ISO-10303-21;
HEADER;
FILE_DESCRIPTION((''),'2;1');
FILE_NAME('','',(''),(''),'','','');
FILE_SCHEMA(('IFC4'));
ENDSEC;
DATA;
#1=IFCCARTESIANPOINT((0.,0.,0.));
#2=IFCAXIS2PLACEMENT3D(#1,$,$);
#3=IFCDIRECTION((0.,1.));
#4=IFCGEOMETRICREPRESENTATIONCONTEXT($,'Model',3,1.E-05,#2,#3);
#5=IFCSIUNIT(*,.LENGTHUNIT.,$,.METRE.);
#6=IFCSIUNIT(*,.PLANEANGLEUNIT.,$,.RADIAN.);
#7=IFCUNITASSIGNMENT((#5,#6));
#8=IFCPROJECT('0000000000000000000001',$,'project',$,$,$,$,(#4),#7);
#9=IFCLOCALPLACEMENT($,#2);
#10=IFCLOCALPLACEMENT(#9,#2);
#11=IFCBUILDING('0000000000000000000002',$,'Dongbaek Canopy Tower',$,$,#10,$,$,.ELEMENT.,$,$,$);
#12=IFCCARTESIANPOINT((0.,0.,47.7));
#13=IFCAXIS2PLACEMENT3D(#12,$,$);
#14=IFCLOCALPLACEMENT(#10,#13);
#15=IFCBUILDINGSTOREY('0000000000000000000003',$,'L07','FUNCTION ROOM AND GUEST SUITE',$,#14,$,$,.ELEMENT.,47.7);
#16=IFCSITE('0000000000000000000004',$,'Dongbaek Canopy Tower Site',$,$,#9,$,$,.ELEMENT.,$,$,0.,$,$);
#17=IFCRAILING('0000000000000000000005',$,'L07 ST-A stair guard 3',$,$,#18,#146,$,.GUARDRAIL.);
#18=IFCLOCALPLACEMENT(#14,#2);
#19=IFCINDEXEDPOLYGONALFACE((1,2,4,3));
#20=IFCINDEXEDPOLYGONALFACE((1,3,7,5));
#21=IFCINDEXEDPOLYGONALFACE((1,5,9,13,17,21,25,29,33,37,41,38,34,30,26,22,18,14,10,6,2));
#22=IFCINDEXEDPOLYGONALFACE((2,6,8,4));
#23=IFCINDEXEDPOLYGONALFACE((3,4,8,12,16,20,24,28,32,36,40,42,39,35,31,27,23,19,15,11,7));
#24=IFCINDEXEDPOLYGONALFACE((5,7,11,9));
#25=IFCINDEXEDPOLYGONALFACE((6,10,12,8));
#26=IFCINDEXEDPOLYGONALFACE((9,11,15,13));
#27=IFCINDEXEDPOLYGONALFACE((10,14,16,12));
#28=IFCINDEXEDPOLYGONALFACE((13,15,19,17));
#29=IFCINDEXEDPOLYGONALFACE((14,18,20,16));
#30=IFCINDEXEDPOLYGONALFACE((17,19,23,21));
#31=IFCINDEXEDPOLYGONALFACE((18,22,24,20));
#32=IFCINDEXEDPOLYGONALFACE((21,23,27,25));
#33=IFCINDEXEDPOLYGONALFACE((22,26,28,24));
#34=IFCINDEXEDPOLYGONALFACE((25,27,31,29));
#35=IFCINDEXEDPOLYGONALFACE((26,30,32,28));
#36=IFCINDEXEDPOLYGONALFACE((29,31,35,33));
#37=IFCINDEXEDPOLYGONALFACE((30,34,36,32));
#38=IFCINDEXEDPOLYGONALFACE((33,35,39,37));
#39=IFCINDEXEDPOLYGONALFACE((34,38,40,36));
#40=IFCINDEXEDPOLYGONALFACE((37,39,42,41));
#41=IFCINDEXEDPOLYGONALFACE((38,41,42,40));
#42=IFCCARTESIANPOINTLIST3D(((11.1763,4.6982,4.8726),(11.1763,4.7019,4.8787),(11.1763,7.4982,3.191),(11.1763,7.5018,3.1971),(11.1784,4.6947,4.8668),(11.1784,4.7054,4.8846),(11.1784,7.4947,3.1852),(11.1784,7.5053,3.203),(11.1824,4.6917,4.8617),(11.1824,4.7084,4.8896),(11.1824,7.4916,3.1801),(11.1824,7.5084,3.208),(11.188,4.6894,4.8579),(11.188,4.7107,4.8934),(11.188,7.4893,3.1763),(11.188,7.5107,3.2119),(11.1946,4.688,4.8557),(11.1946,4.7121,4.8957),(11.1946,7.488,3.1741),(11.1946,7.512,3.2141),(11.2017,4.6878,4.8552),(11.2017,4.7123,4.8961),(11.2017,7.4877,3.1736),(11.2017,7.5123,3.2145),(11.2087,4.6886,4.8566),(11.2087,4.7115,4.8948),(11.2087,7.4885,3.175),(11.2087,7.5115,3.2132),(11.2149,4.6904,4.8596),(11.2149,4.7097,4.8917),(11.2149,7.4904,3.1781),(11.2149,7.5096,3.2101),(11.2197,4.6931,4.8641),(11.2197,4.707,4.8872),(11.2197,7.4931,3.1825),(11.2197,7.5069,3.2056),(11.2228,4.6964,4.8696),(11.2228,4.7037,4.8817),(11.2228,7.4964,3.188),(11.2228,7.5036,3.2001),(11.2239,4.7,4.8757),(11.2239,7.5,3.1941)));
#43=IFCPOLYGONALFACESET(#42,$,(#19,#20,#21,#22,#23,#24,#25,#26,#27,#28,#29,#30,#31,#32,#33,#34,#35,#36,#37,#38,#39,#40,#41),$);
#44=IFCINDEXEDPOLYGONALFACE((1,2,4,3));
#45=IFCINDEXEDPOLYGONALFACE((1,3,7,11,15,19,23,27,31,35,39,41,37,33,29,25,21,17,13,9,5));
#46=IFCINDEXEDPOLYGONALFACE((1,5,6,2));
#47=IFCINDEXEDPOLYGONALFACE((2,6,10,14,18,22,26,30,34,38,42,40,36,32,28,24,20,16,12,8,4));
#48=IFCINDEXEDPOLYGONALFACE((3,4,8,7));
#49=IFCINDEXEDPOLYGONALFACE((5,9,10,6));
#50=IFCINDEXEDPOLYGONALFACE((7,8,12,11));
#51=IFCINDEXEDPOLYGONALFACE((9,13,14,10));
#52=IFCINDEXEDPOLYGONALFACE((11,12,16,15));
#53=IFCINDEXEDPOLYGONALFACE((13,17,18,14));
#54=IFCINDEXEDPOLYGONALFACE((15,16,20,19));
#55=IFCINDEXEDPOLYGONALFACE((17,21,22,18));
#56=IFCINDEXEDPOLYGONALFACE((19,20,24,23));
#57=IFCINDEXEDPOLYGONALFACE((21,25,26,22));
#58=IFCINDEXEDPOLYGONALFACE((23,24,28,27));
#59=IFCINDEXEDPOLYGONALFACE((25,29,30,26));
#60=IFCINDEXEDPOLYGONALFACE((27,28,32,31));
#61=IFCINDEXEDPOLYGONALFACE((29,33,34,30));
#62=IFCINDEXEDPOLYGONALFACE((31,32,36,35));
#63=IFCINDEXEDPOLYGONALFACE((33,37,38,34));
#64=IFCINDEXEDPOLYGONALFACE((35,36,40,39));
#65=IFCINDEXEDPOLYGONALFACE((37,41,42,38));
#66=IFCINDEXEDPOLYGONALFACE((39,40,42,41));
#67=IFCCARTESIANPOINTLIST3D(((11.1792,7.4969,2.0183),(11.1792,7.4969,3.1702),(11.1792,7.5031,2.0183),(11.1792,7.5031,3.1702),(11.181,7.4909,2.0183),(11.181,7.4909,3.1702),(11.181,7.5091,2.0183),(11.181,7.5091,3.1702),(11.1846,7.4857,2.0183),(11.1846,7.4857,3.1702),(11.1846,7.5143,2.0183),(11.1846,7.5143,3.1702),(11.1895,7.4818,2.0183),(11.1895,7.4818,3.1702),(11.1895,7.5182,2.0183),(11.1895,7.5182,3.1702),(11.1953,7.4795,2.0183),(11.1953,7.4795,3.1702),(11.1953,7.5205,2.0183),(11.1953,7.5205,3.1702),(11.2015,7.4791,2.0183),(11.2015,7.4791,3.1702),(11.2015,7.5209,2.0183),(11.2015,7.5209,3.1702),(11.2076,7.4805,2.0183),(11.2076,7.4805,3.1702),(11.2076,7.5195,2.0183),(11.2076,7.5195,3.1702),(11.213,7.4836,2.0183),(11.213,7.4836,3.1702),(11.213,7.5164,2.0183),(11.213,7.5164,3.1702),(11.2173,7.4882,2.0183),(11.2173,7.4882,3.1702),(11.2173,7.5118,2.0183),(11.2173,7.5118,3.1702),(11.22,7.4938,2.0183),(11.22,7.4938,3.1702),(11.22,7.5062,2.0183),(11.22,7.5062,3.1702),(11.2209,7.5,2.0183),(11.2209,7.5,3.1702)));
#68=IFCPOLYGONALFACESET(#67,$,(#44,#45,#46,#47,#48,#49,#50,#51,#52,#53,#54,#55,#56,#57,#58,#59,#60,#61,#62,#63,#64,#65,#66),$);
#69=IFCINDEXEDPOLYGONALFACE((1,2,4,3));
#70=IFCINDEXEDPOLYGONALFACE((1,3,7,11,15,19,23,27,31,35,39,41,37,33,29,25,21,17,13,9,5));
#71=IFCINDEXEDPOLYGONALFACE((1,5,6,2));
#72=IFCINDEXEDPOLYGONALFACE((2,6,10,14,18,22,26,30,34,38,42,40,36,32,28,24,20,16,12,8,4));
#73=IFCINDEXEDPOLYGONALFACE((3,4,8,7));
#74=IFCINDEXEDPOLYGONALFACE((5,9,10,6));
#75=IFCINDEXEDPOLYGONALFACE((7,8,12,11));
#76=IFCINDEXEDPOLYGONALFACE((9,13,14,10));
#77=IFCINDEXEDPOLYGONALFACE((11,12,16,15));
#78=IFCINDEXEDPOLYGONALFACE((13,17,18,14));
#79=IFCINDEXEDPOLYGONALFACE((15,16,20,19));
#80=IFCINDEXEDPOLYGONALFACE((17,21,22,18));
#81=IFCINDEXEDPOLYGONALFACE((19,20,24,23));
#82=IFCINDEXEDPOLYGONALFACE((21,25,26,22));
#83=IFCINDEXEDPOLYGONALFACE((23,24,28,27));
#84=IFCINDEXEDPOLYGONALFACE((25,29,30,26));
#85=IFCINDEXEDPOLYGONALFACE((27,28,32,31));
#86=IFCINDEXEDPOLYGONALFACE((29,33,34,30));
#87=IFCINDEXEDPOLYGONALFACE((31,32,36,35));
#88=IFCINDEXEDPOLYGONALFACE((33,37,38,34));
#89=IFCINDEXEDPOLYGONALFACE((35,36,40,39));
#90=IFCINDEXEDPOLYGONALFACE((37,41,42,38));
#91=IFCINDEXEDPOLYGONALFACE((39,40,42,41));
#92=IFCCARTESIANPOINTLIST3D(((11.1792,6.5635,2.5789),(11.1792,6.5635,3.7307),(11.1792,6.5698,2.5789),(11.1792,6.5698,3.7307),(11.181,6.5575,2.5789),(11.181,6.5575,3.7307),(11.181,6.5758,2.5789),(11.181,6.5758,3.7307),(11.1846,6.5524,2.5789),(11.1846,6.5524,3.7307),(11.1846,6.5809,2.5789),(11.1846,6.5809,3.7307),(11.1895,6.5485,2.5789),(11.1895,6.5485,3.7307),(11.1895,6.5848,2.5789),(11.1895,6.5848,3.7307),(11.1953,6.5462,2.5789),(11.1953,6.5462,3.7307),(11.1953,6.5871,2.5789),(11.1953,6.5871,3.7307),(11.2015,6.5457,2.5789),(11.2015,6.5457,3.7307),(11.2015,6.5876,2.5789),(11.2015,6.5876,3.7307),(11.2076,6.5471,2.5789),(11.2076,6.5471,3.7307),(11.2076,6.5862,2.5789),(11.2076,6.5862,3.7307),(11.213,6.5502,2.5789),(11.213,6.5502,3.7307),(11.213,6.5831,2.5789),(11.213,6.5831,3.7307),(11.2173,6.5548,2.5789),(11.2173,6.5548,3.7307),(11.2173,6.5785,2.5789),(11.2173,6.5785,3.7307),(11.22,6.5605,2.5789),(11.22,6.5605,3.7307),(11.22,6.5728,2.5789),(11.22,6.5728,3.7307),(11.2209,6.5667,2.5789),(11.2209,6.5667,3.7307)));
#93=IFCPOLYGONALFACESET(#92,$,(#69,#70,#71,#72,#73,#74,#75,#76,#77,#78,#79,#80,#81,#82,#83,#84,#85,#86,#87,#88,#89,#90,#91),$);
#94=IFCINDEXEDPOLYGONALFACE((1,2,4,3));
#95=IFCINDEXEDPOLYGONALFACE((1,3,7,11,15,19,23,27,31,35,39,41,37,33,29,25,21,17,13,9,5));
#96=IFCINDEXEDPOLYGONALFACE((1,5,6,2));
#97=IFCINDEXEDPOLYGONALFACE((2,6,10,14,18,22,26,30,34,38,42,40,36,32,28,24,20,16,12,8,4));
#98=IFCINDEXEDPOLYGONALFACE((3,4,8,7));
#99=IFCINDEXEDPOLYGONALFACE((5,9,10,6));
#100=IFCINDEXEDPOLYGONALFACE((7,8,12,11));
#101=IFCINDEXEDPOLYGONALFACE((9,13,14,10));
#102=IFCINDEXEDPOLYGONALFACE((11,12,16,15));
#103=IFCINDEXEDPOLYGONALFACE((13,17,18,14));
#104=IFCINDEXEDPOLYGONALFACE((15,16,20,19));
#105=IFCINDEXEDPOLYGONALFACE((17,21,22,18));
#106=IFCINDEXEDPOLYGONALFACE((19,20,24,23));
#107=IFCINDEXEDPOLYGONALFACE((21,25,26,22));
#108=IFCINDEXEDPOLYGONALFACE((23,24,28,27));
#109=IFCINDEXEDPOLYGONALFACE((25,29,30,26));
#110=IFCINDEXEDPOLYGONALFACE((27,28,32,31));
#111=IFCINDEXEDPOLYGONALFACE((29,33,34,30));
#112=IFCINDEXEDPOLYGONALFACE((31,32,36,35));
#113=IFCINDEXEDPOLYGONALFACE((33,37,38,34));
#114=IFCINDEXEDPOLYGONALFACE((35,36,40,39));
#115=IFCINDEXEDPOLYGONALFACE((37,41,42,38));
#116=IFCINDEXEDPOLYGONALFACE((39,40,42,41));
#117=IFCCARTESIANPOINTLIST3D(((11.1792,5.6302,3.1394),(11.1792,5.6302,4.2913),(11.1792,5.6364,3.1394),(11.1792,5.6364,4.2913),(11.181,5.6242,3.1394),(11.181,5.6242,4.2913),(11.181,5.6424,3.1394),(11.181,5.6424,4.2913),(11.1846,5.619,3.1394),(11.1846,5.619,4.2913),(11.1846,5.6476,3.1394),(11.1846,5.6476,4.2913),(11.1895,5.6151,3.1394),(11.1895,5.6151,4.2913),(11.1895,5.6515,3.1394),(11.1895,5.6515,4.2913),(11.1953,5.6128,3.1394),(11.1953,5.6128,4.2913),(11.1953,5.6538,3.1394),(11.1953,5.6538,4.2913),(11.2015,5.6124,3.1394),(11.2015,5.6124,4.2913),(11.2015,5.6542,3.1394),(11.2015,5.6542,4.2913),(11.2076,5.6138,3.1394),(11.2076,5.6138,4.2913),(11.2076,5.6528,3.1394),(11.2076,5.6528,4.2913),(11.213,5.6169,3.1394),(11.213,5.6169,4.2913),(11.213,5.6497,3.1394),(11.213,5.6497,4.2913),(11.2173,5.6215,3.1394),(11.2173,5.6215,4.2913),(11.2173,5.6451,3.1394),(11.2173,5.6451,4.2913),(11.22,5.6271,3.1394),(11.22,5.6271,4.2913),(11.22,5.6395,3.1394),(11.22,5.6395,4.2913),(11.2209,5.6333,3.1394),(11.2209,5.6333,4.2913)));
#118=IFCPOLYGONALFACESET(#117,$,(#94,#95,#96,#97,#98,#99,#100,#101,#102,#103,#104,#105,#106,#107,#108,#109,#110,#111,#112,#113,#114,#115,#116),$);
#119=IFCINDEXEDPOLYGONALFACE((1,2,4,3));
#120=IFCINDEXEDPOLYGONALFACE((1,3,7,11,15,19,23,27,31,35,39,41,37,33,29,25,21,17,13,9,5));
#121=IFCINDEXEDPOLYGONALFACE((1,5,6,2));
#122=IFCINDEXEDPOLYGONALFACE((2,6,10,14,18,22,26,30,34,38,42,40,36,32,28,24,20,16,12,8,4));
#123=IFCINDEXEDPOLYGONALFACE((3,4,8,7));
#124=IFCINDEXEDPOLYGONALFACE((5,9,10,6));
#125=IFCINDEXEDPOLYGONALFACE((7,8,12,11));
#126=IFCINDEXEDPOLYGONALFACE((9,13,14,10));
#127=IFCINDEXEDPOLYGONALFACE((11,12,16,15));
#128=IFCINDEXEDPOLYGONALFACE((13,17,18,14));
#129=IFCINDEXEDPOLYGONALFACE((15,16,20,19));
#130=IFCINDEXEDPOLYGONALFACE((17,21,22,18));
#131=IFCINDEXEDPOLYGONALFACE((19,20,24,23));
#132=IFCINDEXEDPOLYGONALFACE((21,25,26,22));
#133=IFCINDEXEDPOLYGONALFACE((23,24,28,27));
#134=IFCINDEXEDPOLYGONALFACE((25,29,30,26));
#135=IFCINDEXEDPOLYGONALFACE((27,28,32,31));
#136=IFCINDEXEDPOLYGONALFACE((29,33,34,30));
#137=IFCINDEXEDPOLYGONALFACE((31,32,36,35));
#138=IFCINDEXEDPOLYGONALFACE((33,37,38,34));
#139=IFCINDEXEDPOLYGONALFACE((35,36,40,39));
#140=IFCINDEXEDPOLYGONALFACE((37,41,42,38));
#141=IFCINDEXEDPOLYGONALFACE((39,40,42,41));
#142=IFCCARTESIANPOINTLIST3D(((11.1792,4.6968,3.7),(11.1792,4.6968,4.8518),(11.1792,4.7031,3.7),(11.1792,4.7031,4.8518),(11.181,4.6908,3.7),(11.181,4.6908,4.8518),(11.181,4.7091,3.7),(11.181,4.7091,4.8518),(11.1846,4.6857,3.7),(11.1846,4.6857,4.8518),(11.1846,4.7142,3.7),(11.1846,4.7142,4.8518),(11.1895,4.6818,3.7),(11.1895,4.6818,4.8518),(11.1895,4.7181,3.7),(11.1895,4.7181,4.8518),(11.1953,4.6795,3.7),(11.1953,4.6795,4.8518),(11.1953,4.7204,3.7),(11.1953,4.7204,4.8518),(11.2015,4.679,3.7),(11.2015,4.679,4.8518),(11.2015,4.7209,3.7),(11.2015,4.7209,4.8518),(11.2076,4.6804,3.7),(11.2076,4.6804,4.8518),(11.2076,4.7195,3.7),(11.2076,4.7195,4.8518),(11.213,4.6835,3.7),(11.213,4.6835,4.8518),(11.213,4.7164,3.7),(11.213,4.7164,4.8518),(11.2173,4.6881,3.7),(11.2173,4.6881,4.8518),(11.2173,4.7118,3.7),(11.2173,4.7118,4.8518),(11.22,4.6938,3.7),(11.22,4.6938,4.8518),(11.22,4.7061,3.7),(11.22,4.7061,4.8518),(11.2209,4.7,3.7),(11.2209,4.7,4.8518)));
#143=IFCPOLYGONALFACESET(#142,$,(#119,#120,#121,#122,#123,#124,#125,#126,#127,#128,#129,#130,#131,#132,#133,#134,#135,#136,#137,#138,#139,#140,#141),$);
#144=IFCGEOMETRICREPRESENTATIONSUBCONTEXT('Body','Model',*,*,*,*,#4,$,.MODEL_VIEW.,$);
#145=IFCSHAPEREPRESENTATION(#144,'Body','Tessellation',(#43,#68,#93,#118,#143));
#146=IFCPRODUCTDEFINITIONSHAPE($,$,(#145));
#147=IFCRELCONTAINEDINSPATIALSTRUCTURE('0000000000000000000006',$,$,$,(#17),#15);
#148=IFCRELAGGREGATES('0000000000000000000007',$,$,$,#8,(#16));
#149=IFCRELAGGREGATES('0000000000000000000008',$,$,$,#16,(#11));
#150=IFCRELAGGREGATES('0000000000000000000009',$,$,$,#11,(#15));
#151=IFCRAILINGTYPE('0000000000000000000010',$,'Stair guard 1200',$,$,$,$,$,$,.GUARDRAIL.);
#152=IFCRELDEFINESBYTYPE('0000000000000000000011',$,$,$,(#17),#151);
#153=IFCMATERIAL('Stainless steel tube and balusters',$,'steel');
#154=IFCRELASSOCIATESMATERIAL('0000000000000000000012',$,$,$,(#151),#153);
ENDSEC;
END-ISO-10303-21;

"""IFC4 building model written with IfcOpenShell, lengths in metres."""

from ifc_helpers import new_model, si_unit, direction, frame, origin, origin_2d, place, context, subcontext, project, spatial, circle, extrude, material, type_object, element, save


model = new_model("IFC4")

# Units and contexts
model_context = context("Model", 3, precision=1e-05, world=origin(), true_north=direction((0.0, 1.0)))
body_context = subcontext(model_context, "Body", "Model", "MODEL_VIEW")
ifc_project = project(units=[si_unit("LENGTHUNIT", "METRE"), si_unit("PLANEANGLEUNIT", "RADIAN")], contexts=[model_context])

# Site, building, storey
site_placement = place(None, origin())
site = spatial("IfcSite", under=ifc_project, at=site_placement, Name="Dongbaek Canopy Tower Site", CompositionType="ELEMENT", RefElevation=0.0)
building_placement = place(site_placement, origin())
building = spatial("IfcBuilding", under=site, at=building_placement, Name="Dongbaek Canopy Tower", CompositionType="ELEMENT")
storey_placement = place(building_placement, frame((0.0, 0.0, 47.7)))
storey = spatial("IfcBuildingStorey", under=building, at=storey_placement, Name="L07", Description="FUNCTION ROOM AND GUEST SUITE", CompositionType="ELEMENT", Elevation=47.7)

# Railing
ifc_material_1 = material(Name="Stainless steel tube and balusters", Category="steel")
railing_type_1 = type_object("IfcRailingType", Name="Stair guard 1200", PredefinedType="GUARDRAIL", material=ifc_material_1)
railing_1_placement = place(storey_placement, frame((11.2, 7.5, 2.0183)))
element("IfcRailing", 1, at=railing_1_placement, inside=storey, type_object=railing_type_1, Name="L07 ST-A stair guard 3", PredefinedType="GUARDRAIL", context=body_context, shape_type="SweptSolid", body=[
    extrude(circle(Radius=0.0239, at=origin_2d()), frame((0.0, 0.0, 1.1758), z_axis=(0.0, -0.857275, 0.514858), x_axis=(1.0, 0.0, 0.0)), (0.0, 0.0, 1.0), 3.2661),
    extrude(circle(Radius=0.021, at=origin_2d()), origin(), (0.0, 0.0, 1.0), 1.1519),
    extrude(circle(Radius=0.021, at=origin_2d()), frame((0.0, -0.9333, 0.5605)), (0.0, 0.0, 1.0), 1.1519),
    extrude(circle(Radius=0.021, at=origin_2d()), frame((0.0, -1.8667, 1.1211)), (0.0, 0.0, 1.0), 1.1519),
    extrude(circle(Radius=0.021, at=origin_2d()), frame((0.0, -2.8, 1.6816)), (0.0, 0.0, 1.0), 1.1519),
])

save(model, "model.ifc")
